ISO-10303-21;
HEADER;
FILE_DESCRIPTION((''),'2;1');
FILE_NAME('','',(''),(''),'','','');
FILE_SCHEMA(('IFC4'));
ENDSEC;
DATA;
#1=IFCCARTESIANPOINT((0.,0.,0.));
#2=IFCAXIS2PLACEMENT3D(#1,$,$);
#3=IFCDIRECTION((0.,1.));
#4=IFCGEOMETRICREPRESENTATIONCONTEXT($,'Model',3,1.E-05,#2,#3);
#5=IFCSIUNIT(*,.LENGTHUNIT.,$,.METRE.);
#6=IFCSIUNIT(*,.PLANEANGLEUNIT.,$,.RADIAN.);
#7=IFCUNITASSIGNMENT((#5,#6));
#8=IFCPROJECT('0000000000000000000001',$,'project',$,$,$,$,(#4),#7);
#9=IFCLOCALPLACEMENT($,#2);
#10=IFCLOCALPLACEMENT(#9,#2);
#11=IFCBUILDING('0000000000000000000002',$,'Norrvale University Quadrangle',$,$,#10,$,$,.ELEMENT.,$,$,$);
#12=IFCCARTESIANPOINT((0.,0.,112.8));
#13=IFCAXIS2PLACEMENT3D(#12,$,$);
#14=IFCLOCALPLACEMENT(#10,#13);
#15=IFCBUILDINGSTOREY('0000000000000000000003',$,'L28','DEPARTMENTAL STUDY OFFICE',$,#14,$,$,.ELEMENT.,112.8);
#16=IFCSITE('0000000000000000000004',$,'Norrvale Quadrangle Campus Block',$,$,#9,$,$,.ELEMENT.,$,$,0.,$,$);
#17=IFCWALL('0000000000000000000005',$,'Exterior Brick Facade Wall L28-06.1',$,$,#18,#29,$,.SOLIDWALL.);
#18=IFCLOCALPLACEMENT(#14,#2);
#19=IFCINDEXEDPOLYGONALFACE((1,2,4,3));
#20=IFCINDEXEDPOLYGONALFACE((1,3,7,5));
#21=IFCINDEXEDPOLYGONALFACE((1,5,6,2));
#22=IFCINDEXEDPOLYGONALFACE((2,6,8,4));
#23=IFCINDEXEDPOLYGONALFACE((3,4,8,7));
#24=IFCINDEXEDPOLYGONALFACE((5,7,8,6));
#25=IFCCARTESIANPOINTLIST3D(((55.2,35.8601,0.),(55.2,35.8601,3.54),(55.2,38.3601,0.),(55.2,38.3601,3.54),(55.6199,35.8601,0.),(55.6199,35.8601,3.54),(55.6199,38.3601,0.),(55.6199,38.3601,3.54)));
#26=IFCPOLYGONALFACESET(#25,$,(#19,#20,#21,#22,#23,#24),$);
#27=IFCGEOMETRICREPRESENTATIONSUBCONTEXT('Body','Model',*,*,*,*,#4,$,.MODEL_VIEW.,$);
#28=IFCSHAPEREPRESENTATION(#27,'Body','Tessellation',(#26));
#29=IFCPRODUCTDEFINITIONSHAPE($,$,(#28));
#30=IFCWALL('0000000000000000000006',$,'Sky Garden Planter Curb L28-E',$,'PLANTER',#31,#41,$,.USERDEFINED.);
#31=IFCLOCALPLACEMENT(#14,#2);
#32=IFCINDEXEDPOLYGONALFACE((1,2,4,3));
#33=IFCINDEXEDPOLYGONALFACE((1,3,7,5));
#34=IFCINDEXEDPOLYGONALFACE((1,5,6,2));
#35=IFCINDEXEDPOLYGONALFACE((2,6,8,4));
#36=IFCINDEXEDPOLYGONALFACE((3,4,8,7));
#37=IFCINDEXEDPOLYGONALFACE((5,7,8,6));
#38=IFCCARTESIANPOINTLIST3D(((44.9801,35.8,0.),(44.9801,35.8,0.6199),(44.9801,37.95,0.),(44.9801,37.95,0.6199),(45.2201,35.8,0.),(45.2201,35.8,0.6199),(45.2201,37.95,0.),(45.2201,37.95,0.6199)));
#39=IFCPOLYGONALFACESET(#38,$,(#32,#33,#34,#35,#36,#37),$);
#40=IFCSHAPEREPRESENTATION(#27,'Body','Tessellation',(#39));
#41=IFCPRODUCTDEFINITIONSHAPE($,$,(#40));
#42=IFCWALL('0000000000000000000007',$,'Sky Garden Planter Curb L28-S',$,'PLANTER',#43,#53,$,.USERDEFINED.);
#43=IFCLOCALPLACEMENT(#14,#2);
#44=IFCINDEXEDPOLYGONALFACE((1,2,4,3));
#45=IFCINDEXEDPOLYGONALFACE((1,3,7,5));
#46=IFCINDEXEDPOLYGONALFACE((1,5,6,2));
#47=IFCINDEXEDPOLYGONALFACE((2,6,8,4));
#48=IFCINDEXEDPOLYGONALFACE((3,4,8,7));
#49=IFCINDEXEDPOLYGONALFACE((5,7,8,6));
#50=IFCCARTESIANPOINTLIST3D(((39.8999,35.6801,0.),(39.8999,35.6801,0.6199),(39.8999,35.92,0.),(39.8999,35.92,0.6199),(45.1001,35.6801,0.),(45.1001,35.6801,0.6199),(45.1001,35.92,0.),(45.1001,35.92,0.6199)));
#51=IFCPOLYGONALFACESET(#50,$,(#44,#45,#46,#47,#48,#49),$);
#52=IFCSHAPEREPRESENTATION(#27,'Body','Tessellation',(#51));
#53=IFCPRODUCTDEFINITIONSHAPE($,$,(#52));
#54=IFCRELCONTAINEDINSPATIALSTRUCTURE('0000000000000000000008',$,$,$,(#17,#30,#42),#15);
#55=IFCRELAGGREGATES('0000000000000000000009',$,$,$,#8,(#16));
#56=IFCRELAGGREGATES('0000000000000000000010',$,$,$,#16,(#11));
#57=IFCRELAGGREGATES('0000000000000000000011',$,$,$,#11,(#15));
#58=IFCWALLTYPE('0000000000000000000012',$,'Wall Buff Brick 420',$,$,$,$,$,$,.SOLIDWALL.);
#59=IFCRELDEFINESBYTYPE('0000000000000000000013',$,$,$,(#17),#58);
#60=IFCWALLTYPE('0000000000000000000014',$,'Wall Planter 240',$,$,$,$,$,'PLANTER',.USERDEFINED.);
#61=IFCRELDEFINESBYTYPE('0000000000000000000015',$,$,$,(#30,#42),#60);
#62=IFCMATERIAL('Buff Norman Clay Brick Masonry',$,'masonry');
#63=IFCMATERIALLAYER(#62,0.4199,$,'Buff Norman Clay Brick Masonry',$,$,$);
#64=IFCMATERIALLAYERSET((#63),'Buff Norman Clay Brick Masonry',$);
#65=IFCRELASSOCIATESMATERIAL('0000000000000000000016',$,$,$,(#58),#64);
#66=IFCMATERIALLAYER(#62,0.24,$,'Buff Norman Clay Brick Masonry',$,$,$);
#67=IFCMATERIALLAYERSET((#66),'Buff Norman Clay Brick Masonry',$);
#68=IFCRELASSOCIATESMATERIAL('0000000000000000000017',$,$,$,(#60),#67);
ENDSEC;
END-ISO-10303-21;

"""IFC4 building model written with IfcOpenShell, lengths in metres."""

from ifc_helpers import new_model, si_unit, direction, frame, frame_2d, origin, place, context, subcontext, project, spatial, rectangle, extrude, material, layer, layer_set, type_object, element, save


model = new_model("IFC4")

# Units and contexts
model_context = context("Model", 3, precision=1e-05, world=origin(), true_north=direction((0.0, 1.0)))
body_context = subcontext(model_context, "Body", "Model", "MODEL_VIEW")
ifc_project = project(units=[si_unit("LENGTHUNIT", "METRE"), si_unit("PLANEANGLEUNIT", "RADIAN")], contexts=[model_context])

# Site, building, storey
site_placement = place(None, origin())
site = spatial("IfcSite", under=ifc_project, at=site_placement, Name="Norrvale Quadrangle Campus Block", CompositionType="ELEMENT", RefElevation=0.0)
building_placement = place(site_placement, origin())
building = spatial("IfcBuilding", under=site, at=building_placement, Name="Norrvale University Quadrangle", CompositionType="ELEMENT")
storey_placement = place(building_placement, frame((0.0, 0.0, 112.8)))
storey = spatial("IfcBuildingStorey", under=building, at=storey_placement, Name="L28", Description="DEPARTMENTAL STUDY OFFICE", CompositionType="ELEMENT", Elevation=112.8)

# Walls
ifc_material_1 = material(Name="Buff Norman Clay Brick Masonry", Category="masonry")
ifc_layer_1 = layer(ifc_material_1, 0.4199, Name="Buff Norman Clay Brick Masonry")
ifc_layer_set_1 = layer_set([ifc_layer_1], Name="Buff Norman Clay Brick Masonry")
wall_type_1 = type_object("IfcWallType", Name="Wall Buff Brick 420", PredefinedType="SOLIDWALL", material=ifc_layer_set_1)
for number, where, z_axis, x_axis, name in (
    (1, (55.4099, 35.8601, 0.0), (0.0, 0.0, 1.0), (0.0, 1.0, 0.0), "Exterior Brick Facade Wall L28-06.1"),
):
    element("IfcWall", number, at=place(storey_placement, frame(where, z_axis=z_axis, x_axis=x_axis)), inside=storey, type_object=wall_type_1, Name=name, PredefinedType="SOLIDWALL", context=body_context, shape_type="SweptSolid", body=[
        extrude(rectangle(XDim=2.5, YDim=0.4199, at=frame_2d((1.25, 0.0))), origin(), (0.0, 0.0, 1.0), 3.54),
    ])
ifc_layer_2 = layer(ifc_material_1, 0.24, Name="Buff Norman Clay Brick Masonry")
ifc_layer_set_2 = layer_set([ifc_layer_2], Name="Buff Norman Clay Brick Masonry")
wall_type_2 = type_object("IfcWallType", Name="Wall Planter 240", ElementType="PLANTER", PredefinedType="USERDEFINED", material=ifc_layer_set_2)
wall_1_placement = place(storey_placement, frame((45.1001, 35.8, 0.0), z_axis=(0.0, 0.0, 1.0), x_axis=(0.0, 1.0, 0.0)))
element("IfcWall", 2, at=wall_1_placement, inside=storey, type_object=wall_type_2, Name="Sky Garden Planter Curb L28-E", ObjectType="PLANTER", PredefinedType="USERDEFINED", context=body_context, shape_type="SweptSolid", body=[
    extrude(rectangle(XDim=2.1499, YDim=0.24, at=frame_2d((1.075, 0.0))), origin(), (0.0, 0.0, 1.0), 0.6199),
])
wall_2_placement = place(storey_placement, frame((39.8999, 35.8, 0.0), z_axis=(0.0, 0.0, 1.0), x_axis=(1.0, 0.0, 0.0)))
element("IfcWall", 3, at=wall_2_placement, inside=storey, type_object=wall_type_2, Name="Sky Garden Planter Curb L28-S", ObjectType="PLANTER", PredefinedType="USERDEFINED", context=body_context, shape_type="SweptSolid", body=[
    extrude(rectangle(XDim=5.2002, YDim=0.24, at=frame_2d((2.6001, 0.0))), origin(), (0.0, 0.0, 1.0), 0.6199),
])

save(model, "model.ifc")
